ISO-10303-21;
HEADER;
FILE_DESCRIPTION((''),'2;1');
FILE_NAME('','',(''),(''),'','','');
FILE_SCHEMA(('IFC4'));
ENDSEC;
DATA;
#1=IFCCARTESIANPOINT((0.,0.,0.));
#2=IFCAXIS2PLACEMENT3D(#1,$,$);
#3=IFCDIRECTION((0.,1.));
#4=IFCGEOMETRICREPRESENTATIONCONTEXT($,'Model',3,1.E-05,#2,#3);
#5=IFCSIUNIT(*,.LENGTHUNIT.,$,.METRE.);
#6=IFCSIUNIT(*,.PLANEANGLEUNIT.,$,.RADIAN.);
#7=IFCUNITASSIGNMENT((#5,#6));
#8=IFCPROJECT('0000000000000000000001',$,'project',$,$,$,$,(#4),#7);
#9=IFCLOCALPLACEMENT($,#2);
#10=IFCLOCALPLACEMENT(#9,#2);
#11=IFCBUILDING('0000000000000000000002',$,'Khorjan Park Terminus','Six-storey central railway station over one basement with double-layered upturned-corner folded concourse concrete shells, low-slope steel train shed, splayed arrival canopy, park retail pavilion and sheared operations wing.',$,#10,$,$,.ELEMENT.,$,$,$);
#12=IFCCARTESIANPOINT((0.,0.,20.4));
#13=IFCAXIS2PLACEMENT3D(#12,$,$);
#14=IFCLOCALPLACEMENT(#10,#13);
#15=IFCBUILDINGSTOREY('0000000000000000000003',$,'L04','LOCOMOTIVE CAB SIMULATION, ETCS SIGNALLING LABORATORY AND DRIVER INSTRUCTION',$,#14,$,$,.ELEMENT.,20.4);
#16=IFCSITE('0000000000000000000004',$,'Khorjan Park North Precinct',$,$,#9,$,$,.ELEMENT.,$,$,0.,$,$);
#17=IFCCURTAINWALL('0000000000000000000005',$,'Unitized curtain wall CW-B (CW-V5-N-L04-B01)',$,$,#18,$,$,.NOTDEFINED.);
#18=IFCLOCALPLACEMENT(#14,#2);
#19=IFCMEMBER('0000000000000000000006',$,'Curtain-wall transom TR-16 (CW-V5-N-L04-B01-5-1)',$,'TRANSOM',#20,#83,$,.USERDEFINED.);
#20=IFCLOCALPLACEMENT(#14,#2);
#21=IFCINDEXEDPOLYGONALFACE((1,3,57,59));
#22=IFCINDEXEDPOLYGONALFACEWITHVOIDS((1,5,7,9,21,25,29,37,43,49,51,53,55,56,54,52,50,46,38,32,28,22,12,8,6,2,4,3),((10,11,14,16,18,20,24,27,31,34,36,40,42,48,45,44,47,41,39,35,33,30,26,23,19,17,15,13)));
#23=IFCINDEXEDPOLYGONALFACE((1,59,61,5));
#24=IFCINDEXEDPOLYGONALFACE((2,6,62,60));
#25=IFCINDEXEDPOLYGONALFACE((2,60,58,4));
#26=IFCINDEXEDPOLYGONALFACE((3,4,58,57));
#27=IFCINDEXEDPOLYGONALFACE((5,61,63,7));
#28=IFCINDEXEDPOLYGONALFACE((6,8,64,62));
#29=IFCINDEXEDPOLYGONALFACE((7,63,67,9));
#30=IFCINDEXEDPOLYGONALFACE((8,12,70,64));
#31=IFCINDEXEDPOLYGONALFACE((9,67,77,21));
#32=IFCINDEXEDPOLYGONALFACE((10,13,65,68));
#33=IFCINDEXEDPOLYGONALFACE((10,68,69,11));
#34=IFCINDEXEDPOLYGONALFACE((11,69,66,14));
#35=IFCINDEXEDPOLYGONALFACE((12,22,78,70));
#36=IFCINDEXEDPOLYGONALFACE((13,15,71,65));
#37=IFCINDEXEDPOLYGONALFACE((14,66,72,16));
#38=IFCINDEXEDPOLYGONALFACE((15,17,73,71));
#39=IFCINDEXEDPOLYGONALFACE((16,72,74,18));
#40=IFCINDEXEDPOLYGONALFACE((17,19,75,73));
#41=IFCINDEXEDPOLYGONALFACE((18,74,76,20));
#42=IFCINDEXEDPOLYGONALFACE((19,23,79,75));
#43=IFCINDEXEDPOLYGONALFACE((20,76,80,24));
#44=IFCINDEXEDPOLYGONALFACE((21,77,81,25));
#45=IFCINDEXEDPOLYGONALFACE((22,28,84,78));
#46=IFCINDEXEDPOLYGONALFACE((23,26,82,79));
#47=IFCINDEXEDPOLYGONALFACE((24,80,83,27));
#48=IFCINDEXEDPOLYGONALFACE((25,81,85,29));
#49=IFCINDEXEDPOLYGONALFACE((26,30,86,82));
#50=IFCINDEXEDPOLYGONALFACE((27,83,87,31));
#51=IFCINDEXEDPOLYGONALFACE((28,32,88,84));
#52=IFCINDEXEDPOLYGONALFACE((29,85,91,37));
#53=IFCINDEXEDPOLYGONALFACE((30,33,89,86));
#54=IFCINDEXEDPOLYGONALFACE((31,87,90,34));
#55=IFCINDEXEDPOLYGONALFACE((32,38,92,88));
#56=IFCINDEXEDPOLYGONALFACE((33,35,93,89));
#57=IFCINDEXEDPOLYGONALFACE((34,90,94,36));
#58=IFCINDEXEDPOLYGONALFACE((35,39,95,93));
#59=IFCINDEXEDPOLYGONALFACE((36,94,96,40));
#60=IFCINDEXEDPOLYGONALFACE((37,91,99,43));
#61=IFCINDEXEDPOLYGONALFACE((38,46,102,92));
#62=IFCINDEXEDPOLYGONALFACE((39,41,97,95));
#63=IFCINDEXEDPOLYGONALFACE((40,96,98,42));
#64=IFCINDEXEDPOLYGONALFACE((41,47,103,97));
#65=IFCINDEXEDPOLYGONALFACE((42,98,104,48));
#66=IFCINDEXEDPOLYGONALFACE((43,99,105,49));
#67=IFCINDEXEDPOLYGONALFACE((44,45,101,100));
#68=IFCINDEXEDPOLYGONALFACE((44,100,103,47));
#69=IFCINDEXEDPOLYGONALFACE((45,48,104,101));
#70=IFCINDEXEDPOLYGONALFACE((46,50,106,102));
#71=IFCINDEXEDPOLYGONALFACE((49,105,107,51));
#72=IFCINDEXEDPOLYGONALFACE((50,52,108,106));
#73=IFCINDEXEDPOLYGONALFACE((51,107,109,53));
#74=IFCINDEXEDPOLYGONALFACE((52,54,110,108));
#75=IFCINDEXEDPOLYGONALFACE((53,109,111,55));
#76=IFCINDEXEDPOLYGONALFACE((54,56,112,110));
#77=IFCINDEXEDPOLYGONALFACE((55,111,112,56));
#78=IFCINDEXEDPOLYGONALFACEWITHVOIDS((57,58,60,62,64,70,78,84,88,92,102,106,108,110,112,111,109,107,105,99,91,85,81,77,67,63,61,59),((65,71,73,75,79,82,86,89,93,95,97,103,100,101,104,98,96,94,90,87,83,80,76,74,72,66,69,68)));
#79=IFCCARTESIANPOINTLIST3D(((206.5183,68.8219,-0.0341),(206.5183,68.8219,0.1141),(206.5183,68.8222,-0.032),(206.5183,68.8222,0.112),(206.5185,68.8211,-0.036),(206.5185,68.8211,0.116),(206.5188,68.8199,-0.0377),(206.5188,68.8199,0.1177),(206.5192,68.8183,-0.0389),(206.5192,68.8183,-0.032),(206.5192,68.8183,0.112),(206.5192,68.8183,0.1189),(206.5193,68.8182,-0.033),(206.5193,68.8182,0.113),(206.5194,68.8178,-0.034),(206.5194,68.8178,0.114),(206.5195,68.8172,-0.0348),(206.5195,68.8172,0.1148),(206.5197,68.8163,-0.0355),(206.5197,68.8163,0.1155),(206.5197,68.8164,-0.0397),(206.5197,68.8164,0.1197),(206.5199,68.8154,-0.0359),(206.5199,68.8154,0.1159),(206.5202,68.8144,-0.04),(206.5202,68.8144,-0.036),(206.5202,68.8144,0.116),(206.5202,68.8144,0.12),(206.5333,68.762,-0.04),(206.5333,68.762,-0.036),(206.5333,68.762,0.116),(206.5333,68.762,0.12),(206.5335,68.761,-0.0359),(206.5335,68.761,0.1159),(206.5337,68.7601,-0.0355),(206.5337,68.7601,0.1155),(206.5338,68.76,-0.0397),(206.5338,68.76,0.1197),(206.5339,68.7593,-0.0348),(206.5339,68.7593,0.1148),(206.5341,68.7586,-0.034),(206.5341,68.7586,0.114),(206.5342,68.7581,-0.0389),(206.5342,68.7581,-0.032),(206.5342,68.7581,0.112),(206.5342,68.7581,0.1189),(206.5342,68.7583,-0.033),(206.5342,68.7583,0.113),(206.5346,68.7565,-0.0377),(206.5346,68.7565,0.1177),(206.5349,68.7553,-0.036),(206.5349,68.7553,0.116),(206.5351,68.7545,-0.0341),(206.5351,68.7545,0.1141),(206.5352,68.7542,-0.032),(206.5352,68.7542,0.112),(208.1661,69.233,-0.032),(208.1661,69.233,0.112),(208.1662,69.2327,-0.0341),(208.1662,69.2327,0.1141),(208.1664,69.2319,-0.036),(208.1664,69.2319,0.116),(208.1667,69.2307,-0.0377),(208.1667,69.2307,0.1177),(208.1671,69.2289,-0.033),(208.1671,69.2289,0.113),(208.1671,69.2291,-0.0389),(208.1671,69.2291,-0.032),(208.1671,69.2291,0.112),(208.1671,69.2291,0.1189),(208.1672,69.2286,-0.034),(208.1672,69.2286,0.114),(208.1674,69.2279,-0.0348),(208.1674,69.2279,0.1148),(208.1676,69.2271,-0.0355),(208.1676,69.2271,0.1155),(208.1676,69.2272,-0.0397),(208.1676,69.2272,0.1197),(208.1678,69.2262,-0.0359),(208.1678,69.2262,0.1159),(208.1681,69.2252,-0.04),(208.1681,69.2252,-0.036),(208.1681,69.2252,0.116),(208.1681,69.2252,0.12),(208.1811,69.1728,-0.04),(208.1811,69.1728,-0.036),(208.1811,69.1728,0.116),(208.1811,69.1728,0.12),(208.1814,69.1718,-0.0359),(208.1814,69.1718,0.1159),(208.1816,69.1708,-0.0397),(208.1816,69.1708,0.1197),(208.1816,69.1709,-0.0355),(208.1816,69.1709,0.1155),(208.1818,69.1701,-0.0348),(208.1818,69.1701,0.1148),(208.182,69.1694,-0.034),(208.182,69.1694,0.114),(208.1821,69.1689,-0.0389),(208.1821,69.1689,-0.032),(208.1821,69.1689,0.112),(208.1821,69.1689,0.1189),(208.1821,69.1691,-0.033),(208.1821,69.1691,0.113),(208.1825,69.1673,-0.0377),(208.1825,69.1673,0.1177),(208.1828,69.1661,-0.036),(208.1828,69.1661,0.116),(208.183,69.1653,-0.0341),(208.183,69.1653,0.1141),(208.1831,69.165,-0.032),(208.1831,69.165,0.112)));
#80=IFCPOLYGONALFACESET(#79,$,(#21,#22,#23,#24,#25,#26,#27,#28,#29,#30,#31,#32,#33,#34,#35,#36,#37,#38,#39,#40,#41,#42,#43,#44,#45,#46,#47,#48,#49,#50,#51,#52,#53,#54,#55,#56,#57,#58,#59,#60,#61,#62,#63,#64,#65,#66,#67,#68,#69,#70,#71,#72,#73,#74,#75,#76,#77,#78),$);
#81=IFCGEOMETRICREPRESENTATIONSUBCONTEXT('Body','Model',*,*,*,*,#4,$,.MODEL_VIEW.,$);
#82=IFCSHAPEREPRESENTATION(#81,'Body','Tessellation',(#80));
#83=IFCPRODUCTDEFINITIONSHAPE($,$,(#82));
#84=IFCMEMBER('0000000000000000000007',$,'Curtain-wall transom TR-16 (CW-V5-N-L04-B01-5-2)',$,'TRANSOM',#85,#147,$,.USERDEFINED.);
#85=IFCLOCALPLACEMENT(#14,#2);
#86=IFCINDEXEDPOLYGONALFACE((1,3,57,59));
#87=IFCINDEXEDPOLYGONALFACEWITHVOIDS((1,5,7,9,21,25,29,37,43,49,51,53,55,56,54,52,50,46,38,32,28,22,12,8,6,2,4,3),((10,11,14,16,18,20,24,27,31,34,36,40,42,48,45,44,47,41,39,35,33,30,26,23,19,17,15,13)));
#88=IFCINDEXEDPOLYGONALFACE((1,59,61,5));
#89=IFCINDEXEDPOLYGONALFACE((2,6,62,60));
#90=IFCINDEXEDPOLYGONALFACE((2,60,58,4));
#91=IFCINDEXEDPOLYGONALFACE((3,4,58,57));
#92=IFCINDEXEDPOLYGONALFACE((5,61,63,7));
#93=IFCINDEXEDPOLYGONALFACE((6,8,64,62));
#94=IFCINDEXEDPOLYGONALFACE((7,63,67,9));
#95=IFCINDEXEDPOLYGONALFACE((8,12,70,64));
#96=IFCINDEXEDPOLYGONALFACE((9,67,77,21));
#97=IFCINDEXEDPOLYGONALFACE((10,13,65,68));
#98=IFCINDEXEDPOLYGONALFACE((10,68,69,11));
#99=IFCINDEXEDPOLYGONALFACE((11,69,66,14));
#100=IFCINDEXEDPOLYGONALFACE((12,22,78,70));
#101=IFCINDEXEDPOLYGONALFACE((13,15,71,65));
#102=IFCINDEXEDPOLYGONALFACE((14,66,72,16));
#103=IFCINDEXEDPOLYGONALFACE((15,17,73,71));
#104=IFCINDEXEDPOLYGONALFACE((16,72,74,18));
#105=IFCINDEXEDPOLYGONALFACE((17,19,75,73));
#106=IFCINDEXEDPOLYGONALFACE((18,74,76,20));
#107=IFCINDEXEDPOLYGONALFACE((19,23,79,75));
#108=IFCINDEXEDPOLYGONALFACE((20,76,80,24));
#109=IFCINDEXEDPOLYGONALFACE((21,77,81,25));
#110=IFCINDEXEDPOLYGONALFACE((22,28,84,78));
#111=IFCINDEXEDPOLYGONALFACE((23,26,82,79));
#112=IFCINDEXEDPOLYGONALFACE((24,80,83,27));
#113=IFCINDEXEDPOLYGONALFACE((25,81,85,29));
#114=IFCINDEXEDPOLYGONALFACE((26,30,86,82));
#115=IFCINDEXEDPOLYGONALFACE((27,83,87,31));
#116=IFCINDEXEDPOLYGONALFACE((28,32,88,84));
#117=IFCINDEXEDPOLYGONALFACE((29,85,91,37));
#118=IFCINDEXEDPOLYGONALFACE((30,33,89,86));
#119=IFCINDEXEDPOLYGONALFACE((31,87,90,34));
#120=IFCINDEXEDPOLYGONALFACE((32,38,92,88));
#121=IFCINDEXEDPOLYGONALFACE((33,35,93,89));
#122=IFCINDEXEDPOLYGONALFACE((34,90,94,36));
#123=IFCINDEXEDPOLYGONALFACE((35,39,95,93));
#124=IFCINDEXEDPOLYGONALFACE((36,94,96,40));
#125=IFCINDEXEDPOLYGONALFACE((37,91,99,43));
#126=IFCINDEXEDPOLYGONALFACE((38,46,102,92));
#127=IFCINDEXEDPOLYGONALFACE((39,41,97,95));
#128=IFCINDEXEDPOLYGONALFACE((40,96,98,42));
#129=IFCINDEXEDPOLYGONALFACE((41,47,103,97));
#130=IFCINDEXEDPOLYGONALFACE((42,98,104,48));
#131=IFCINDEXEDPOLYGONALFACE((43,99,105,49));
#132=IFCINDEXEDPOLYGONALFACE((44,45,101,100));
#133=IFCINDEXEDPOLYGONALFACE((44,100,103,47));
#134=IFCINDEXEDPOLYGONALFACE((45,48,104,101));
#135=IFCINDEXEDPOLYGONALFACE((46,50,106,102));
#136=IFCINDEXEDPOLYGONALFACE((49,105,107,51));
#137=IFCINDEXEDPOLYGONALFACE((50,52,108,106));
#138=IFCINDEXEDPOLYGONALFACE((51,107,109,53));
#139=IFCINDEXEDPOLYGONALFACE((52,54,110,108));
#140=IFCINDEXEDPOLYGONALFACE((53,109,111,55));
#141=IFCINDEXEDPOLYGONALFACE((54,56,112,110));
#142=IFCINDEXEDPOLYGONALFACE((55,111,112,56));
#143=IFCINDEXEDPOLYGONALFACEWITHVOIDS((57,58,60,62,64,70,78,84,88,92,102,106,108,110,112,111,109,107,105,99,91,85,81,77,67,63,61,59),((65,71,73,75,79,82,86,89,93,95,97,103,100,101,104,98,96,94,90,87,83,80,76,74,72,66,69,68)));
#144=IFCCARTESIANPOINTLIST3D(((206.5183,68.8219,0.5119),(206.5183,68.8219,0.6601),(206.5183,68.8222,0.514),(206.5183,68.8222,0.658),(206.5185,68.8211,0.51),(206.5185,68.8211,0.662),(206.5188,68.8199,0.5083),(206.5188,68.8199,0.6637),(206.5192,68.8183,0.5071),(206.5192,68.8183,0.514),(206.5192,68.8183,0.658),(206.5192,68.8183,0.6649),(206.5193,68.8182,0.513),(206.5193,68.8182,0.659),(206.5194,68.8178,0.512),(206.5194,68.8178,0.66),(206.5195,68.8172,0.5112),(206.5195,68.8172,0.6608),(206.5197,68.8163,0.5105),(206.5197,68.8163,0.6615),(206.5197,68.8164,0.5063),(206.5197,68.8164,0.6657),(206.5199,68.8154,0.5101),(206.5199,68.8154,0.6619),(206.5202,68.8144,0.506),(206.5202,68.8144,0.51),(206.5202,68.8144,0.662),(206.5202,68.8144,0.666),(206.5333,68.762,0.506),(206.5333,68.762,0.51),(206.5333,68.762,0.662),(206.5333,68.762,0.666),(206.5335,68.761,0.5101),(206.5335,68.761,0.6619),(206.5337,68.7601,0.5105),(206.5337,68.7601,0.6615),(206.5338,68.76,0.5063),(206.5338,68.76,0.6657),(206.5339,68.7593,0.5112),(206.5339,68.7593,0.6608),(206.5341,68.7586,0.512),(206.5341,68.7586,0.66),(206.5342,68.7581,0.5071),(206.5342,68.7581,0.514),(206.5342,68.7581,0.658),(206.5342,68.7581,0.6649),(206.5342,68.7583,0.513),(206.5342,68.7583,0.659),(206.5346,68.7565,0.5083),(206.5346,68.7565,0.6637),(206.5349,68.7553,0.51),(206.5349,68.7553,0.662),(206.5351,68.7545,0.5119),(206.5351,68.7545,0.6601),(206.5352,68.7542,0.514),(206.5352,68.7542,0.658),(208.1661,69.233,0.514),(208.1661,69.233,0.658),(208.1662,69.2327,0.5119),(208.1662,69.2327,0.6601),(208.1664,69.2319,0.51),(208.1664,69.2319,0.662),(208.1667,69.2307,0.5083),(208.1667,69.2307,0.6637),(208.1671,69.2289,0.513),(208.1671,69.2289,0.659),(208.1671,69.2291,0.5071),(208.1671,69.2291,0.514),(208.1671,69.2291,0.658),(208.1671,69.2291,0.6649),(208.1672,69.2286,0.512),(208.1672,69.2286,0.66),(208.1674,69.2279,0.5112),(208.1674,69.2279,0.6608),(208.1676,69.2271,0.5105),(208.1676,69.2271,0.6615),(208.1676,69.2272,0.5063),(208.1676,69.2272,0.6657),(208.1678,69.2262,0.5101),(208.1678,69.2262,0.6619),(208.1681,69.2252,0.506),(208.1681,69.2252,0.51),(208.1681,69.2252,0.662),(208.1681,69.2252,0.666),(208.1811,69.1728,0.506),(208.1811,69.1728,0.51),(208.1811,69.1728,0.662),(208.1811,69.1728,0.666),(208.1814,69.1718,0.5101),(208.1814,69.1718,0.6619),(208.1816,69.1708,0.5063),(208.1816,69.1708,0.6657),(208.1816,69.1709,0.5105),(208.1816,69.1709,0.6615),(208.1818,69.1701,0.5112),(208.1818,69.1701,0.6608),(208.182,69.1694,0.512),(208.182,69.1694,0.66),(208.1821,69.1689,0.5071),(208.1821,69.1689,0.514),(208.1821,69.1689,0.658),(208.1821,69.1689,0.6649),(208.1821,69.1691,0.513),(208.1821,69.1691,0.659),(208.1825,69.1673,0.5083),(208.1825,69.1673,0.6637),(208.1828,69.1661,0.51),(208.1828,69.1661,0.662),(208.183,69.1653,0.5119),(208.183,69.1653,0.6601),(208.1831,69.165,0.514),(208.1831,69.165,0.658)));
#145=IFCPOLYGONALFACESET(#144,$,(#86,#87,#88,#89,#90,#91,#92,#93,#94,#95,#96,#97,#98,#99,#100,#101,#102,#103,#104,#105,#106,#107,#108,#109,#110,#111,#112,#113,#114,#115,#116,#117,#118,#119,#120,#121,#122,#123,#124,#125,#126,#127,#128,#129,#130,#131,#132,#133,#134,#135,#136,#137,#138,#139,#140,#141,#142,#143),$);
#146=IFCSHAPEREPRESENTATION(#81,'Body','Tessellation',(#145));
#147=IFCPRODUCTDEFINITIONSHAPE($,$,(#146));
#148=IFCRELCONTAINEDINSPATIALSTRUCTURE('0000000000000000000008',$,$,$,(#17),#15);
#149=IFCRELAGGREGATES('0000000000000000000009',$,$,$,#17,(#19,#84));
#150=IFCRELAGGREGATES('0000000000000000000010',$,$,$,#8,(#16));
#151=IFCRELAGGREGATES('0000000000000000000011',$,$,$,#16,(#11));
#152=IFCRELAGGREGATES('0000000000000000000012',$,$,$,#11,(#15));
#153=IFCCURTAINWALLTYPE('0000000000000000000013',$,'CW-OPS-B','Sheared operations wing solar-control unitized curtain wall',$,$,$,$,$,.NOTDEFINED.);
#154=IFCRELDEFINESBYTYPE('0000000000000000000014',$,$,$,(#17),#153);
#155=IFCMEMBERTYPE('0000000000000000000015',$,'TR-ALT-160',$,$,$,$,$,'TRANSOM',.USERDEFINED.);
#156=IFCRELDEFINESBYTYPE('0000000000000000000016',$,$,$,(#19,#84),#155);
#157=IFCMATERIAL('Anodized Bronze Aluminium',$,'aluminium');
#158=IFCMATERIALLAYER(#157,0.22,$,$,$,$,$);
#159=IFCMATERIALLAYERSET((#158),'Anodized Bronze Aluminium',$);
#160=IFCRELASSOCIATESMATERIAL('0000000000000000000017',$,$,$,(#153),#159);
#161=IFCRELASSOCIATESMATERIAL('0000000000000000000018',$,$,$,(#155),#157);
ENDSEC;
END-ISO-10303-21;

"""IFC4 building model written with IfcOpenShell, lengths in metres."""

from ifc_helpers import new_model, si_unit, direction, frame, origin, origin_2d, place, context, subcontext, project, spatial, hollow_rectangle, extrude, material, layer, layer_set, material_profile, profile_set, type_object, element, aggregate, save


model = new_model("IFC4")

# Units and contexts
model_context = context("Model", 3, precision=1e-05, world=origin(), true_north=direction((0.0, 1.0)))
body_context = subcontext(model_context, "Body", "Model", "MODEL_VIEW")
ifc_project = project(units=[si_unit("LENGTHUNIT", "METRE"), si_unit("PLANEANGLEUNIT", "RADIAN")], contexts=[model_context])

# Site, building, storey
site_placement = place(None, origin())
site = spatial("IfcSite", under=ifc_project, at=site_placement, Name="Khorjan Park North Precinct", CompositionType="ELEMENT", RefElevation=0.0)
building_placement = place(site_placement, origin())
building = spatial("IfcBuilding", under=site, at=building_placement, Name="Khorjan Park Terminus", Description="Six-storey central railway station over one basement with double-layered upturned-corner folded concourse concrete shells, low-slope steel train shed, splayed arrival canopy, park retail pavilion and sheared operations wing.", CompositionType="ELEMENT")
storey_placement = place(building_placement, frame((0.0, 0.0, 20.4)))
storey = spatial("IfcBuildingStorey", under=building, at=storey_placement, Name="L04", Description="LOCOMOTIVE CAB SIMULATION, ETCS SIGNALLING LABORATORY AND DRIVER INSTRUCTION", CompositionType="ELEMENT", Elevation=20.4)

# Curtain wall, members
ifc_material_1 = material(Name="Anodized Bronze Aluminium", Category="aluminium")
ifc_layer_1 = layer(ifc_material_1, 0.22)
ifc_layer_set_1 = layer_set([ifc_layer_1], Name="Anodized Bronze Aluminium")
curtain_wall_type = type_object("IfcCurtainWallType", Name="CW-OPS-B", Description="Sheared operations wing solar-control unitized curtain wall", PredefinedType="NOTDEFINED", material=ifc_layer_set_1)
curtain_wall_placement = place(storey_placement, origin())
curtain_wall = element("IfcCurtainWall", 1, at=curtain_wall_placement, inside=storey, type_object=curtain_wall_type, Name="Unitized curtain wall CW-B (CW-V5-N-L04-B01)", PredefinedType="NOTDEFINED")
ifc_material_profile_1 = material_profile(ifc_material_1, hollow_rectangle(XDim=0.07, YDim=0.16, WallThickness=0.004, InnerFilletRadius=0.004, OuterFilletRadius=0.008, at=origin_2d()), Name="ALT 70x160x4")
ifc_profile_set_1 = profile_set([ifc_material_profile_1], Name="Anodized Bronze Aluminium")
member_type_1 = type_object("IfcMemberType", Name="TR-ALT-160", ElementType="TRANSOM", PredefinedType="USERDEFINED", material=ifc_profile_set_1)
member_1_placement = place(storey_placement, frame((208.1746, 69.199, 0.04), z_axis=(-0.970305, -0.241884, 0.0), x_axis=(0.241884, -0.970305, 0.0)))
member_1 = element("IfcMember", 2, at=member_1_placement, type_object=member_type_1, Name="Curtain-wall transom TR-16 (CW-V5-N-L04-B01-5-1)", ObjectType="TRANSOM", PredefinedType="USERDEFINED", context=body_context, shape_type="SweptSolid", body=[
    extrude(hollow_rectangle(XDim=0.07, YDim=0.16, WallThickness=0.004, InnerFilletRadius=0.004, OuterFilletRadius=0.008, at=origin_2d()), origin(), (0.0, 0.0, 1.0), 1.6983),
])
member_2_placement = place(storey_placement, frame((208.1746, 69.199, 0.586), z_axis=(-0.970305, -0.241884, 0.0), x_axis=(0.241884, -0.970305, 0.0)))
member_2 = element("IfcMember", 3, at=member_2_placement, type_object=member_type_1, Name="Curtain-wall transom TR-16 (CW-V5-N-L04-B01-5-2)", ObjectType="TRANSOM", PredefinedType="USERDEFINED", context=body_context, shape_type="SweptSolid", body=[
    extrude(hollow_rectangle(XDim=0.07, YDim=0.16, WallThickness=0.004, InnerFilletRadius=0.004, OuterFilletRadius=0.008, at=origin_2d()), origin(), (0.0, 0.0, 1.0), 1.6983),
])
aggregate(curtain_wall, [member_1, member_2])

save(model, "model.ifc")
